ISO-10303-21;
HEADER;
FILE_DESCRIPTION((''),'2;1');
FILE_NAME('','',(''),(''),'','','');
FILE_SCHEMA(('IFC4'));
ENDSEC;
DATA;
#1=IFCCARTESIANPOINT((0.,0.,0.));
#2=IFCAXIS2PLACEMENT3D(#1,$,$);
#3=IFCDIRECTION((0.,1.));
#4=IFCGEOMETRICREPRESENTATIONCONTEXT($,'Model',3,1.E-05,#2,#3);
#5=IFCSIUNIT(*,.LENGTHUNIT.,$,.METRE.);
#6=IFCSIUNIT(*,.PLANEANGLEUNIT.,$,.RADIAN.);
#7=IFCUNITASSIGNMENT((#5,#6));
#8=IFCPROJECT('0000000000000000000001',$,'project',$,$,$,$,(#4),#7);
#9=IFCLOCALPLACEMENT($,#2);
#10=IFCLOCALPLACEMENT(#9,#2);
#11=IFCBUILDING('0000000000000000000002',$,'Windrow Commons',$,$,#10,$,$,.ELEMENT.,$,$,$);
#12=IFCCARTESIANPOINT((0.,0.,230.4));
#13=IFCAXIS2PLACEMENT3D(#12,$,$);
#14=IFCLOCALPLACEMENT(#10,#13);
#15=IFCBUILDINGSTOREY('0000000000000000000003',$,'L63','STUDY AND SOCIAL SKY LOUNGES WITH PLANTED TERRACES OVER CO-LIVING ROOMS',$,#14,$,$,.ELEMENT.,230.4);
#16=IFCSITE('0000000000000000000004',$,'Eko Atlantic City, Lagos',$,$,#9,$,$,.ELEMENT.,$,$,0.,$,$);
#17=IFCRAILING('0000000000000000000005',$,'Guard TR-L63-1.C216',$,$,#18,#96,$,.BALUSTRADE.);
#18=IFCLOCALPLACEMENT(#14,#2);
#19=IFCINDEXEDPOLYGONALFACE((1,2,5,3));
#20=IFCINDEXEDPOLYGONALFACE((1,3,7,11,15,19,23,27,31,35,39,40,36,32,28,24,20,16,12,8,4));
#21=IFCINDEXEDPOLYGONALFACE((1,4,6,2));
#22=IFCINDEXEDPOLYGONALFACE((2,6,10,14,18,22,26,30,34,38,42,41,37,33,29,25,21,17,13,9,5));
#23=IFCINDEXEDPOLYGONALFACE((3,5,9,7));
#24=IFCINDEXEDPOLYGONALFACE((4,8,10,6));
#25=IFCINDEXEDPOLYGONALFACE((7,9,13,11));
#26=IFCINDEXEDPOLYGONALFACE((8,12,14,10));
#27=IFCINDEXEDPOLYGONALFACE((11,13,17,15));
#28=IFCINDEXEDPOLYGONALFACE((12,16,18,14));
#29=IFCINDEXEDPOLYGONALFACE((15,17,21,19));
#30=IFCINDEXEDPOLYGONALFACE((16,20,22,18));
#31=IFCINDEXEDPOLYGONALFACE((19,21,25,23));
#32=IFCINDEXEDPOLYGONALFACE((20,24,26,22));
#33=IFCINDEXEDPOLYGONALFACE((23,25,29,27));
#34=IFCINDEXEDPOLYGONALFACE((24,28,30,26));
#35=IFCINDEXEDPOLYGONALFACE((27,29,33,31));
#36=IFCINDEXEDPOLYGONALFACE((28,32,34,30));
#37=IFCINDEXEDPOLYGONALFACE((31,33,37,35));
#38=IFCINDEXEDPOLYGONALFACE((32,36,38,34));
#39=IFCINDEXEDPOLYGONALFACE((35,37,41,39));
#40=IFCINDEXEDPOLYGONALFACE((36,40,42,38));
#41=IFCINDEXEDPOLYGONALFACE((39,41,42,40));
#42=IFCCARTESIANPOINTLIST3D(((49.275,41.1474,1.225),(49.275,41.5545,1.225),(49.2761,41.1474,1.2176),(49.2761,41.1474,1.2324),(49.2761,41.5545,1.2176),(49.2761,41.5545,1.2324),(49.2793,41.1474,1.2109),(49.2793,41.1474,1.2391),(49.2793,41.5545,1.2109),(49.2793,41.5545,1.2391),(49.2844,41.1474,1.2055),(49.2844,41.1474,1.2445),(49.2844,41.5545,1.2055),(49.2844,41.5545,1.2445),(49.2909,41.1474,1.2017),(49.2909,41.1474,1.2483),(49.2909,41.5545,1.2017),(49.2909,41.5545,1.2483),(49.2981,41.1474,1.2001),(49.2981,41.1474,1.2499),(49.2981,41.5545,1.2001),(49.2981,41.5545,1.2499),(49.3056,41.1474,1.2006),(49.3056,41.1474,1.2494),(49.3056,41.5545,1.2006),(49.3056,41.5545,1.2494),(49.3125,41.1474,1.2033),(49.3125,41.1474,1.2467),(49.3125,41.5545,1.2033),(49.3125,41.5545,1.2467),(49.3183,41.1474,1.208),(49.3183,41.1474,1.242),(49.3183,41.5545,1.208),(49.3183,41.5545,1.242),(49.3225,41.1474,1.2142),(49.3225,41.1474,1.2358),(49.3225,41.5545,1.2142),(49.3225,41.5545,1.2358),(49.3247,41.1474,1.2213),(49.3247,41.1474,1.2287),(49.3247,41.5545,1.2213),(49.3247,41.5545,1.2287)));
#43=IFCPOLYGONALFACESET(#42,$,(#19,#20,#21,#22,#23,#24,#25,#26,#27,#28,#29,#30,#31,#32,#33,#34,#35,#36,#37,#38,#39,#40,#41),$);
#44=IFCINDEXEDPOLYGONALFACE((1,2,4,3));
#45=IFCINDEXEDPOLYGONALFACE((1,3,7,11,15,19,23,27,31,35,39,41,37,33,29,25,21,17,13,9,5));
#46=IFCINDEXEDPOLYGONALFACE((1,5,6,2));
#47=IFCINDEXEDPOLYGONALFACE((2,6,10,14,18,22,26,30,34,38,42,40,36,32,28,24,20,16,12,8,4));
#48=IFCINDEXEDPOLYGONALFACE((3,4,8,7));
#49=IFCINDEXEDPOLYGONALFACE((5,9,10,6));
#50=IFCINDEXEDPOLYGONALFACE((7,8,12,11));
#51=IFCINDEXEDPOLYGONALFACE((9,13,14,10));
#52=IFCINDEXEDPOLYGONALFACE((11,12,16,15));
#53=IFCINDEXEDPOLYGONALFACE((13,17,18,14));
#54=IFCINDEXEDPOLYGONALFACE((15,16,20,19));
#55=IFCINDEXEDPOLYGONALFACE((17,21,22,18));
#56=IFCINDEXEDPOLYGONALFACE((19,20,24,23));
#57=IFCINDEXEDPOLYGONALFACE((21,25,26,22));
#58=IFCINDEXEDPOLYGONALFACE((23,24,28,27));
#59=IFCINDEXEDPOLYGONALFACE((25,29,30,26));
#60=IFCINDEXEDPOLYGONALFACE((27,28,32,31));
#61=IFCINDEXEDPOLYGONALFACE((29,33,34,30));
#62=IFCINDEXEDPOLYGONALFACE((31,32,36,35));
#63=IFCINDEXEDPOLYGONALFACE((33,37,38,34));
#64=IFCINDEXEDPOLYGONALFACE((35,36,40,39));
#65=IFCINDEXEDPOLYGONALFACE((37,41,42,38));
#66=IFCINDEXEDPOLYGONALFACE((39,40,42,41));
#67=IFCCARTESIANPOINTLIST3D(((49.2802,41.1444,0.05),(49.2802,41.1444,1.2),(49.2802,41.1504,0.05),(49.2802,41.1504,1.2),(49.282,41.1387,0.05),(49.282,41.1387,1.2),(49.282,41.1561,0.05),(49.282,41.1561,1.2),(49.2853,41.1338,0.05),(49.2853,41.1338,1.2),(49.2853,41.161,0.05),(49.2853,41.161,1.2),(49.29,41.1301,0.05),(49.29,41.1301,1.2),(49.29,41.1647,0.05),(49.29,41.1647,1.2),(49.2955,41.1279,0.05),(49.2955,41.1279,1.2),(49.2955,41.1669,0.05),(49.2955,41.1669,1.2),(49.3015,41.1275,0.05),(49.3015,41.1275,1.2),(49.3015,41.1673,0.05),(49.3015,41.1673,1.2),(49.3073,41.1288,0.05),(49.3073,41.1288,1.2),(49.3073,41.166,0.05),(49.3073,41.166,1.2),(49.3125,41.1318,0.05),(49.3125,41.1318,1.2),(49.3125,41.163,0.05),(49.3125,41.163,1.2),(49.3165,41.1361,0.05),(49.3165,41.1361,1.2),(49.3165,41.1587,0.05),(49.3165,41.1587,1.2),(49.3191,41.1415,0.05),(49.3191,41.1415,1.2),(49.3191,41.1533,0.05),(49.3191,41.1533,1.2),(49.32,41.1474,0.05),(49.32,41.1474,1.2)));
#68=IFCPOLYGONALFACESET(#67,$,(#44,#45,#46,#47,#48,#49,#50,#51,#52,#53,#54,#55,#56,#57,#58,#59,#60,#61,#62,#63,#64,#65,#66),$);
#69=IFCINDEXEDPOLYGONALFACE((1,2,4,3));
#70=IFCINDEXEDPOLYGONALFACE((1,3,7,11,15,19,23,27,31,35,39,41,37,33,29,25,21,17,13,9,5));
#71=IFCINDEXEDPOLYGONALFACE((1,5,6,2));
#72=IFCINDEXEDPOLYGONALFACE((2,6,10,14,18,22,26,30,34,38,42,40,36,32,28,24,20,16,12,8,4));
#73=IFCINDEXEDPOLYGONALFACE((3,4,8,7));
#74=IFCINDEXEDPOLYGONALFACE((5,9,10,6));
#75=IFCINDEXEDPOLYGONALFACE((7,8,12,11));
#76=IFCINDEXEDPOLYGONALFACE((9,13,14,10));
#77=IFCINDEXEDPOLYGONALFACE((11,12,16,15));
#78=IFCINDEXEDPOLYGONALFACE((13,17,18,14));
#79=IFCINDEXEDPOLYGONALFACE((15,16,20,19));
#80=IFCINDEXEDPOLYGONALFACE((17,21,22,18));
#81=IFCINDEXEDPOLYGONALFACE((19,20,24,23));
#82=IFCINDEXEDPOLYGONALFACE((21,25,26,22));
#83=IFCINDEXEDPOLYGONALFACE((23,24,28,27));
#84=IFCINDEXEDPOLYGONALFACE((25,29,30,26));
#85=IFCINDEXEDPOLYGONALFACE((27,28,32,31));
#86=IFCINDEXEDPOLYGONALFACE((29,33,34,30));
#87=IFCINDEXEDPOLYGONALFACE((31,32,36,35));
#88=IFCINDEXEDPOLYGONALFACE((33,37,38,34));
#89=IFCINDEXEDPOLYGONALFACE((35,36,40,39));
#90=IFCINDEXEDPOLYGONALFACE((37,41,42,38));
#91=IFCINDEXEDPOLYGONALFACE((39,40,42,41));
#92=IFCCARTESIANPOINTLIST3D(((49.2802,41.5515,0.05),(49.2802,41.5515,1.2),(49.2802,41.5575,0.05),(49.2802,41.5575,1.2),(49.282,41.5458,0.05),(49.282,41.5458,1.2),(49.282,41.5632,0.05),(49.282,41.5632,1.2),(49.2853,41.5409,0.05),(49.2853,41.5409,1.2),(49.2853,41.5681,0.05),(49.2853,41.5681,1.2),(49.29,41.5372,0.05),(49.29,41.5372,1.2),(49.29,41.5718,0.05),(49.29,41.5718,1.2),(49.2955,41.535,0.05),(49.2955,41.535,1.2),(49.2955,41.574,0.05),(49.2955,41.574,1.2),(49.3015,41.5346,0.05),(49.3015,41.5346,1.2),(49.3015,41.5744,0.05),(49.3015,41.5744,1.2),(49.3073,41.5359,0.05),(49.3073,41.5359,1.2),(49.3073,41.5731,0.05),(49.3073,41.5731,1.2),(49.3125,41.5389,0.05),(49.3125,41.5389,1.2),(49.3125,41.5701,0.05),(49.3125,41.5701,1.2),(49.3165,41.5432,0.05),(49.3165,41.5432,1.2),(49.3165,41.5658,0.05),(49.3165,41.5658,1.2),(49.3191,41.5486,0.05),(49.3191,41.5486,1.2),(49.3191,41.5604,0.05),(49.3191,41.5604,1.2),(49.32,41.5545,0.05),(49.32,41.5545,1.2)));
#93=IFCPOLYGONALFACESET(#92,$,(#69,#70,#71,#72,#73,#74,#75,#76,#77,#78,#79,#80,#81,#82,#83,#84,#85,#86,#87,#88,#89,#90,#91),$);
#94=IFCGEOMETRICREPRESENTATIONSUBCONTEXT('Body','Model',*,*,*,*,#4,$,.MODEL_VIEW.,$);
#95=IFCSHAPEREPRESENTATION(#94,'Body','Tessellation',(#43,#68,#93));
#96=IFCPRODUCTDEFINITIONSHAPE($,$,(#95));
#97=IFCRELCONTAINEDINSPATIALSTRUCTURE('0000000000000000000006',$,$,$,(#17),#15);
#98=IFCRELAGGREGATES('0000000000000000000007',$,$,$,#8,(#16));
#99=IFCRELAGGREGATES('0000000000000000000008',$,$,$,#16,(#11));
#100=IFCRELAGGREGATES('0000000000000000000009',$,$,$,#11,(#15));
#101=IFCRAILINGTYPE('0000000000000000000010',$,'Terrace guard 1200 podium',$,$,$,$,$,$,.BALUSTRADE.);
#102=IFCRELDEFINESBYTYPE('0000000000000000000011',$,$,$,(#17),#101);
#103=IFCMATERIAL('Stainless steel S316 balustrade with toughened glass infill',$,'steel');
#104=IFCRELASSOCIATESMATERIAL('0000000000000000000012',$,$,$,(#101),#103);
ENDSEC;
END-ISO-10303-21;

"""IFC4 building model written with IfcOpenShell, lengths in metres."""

from ifc_helpers import new_model, si_unit, direction, frame, origin, origin_2d, place, context, subcontext, project, spatial, circle, extrude, material, type_object, element, save


model = new_model("IFC4")

# Units and contexts
model_context = context("Model", 3, precision=1e-05, world=origin(), true_north=direction((0.0, 1.0)))
body_context = subcontext(model_context, "Body", "Model", "MODEL_VIEW")
ifc_project = project(units=[si_unit("LENGTHUNIT", "METRE"), si_unit("PLANEANGLEUNIT", "RADIAN")], contexts=[model_context])

# Site, building, storey
site_placement = place(None, origin())
site = spatial("IfcSite", under=ifc_project, at=site_placement, Name="Eko Atlantic City, Lagos", CompositionType="ELEMENT", RefElevation=0.0)
building_placement = place(site_placement, origin())
building = spatial("IfcBuilding", under=site, at=building_placement, Name="Windrow Commons", CompositionType="ELEMENT")
storey_placement = place(building_placement, frame((0.0, 0.0, 230.4)))
storey = spatial("IfcBuildingStorey", under=building, at=storey_placement, Name="L63", Description="STUDY AND SOCIAL SKY LOUNGES WITH PLANTED TERRACES OVER CO-LIVING ROOMS", CompositionType="ELEMENT", Elevation=230.4)

# Railing
ifc_material_1 = material(Name="Stainless steel S316 balustrade with toughened glass infill", Category="steel")
railing_type = type_object("IfcRailingType", Name="Terrace guard 1200 podium", PredefinedType="BALUSTRADE", material=ifc_material_1)
railing_1_placement = place(storey_placement, frame((49.3, 41.1474, 0.05)))
element("IfcRailing", 1, at=railing_1_placement, inside=storey, type_object=railing_type, Name="Guard TR-L63-1.C216", PredefinedType="BALUSTRADE", context=body_context, shape_type="SweptSolid", body=[
    extrude(circle(Radius=0.025, at=origin_2d()), frame((0.0, 0.0, 1.175), z_axis=(0.0, 1.0, 0.0), x_axis=(-1.0, 0.0, 0.0)), (0.0, 0.0, 1.0), 0.4071),
    extrude(circle(Radius=0.02, at=origin_2d()), origin(), (0.0, 0.0, 1.0), 1.15),
    extrude(circle(Radius=0.02, at=origin_2d()), frame((0.0, 0.4071, 0.0)), (0.0, 0.0, 1.0), 1.15),
])

save(model, "model.ifc")
